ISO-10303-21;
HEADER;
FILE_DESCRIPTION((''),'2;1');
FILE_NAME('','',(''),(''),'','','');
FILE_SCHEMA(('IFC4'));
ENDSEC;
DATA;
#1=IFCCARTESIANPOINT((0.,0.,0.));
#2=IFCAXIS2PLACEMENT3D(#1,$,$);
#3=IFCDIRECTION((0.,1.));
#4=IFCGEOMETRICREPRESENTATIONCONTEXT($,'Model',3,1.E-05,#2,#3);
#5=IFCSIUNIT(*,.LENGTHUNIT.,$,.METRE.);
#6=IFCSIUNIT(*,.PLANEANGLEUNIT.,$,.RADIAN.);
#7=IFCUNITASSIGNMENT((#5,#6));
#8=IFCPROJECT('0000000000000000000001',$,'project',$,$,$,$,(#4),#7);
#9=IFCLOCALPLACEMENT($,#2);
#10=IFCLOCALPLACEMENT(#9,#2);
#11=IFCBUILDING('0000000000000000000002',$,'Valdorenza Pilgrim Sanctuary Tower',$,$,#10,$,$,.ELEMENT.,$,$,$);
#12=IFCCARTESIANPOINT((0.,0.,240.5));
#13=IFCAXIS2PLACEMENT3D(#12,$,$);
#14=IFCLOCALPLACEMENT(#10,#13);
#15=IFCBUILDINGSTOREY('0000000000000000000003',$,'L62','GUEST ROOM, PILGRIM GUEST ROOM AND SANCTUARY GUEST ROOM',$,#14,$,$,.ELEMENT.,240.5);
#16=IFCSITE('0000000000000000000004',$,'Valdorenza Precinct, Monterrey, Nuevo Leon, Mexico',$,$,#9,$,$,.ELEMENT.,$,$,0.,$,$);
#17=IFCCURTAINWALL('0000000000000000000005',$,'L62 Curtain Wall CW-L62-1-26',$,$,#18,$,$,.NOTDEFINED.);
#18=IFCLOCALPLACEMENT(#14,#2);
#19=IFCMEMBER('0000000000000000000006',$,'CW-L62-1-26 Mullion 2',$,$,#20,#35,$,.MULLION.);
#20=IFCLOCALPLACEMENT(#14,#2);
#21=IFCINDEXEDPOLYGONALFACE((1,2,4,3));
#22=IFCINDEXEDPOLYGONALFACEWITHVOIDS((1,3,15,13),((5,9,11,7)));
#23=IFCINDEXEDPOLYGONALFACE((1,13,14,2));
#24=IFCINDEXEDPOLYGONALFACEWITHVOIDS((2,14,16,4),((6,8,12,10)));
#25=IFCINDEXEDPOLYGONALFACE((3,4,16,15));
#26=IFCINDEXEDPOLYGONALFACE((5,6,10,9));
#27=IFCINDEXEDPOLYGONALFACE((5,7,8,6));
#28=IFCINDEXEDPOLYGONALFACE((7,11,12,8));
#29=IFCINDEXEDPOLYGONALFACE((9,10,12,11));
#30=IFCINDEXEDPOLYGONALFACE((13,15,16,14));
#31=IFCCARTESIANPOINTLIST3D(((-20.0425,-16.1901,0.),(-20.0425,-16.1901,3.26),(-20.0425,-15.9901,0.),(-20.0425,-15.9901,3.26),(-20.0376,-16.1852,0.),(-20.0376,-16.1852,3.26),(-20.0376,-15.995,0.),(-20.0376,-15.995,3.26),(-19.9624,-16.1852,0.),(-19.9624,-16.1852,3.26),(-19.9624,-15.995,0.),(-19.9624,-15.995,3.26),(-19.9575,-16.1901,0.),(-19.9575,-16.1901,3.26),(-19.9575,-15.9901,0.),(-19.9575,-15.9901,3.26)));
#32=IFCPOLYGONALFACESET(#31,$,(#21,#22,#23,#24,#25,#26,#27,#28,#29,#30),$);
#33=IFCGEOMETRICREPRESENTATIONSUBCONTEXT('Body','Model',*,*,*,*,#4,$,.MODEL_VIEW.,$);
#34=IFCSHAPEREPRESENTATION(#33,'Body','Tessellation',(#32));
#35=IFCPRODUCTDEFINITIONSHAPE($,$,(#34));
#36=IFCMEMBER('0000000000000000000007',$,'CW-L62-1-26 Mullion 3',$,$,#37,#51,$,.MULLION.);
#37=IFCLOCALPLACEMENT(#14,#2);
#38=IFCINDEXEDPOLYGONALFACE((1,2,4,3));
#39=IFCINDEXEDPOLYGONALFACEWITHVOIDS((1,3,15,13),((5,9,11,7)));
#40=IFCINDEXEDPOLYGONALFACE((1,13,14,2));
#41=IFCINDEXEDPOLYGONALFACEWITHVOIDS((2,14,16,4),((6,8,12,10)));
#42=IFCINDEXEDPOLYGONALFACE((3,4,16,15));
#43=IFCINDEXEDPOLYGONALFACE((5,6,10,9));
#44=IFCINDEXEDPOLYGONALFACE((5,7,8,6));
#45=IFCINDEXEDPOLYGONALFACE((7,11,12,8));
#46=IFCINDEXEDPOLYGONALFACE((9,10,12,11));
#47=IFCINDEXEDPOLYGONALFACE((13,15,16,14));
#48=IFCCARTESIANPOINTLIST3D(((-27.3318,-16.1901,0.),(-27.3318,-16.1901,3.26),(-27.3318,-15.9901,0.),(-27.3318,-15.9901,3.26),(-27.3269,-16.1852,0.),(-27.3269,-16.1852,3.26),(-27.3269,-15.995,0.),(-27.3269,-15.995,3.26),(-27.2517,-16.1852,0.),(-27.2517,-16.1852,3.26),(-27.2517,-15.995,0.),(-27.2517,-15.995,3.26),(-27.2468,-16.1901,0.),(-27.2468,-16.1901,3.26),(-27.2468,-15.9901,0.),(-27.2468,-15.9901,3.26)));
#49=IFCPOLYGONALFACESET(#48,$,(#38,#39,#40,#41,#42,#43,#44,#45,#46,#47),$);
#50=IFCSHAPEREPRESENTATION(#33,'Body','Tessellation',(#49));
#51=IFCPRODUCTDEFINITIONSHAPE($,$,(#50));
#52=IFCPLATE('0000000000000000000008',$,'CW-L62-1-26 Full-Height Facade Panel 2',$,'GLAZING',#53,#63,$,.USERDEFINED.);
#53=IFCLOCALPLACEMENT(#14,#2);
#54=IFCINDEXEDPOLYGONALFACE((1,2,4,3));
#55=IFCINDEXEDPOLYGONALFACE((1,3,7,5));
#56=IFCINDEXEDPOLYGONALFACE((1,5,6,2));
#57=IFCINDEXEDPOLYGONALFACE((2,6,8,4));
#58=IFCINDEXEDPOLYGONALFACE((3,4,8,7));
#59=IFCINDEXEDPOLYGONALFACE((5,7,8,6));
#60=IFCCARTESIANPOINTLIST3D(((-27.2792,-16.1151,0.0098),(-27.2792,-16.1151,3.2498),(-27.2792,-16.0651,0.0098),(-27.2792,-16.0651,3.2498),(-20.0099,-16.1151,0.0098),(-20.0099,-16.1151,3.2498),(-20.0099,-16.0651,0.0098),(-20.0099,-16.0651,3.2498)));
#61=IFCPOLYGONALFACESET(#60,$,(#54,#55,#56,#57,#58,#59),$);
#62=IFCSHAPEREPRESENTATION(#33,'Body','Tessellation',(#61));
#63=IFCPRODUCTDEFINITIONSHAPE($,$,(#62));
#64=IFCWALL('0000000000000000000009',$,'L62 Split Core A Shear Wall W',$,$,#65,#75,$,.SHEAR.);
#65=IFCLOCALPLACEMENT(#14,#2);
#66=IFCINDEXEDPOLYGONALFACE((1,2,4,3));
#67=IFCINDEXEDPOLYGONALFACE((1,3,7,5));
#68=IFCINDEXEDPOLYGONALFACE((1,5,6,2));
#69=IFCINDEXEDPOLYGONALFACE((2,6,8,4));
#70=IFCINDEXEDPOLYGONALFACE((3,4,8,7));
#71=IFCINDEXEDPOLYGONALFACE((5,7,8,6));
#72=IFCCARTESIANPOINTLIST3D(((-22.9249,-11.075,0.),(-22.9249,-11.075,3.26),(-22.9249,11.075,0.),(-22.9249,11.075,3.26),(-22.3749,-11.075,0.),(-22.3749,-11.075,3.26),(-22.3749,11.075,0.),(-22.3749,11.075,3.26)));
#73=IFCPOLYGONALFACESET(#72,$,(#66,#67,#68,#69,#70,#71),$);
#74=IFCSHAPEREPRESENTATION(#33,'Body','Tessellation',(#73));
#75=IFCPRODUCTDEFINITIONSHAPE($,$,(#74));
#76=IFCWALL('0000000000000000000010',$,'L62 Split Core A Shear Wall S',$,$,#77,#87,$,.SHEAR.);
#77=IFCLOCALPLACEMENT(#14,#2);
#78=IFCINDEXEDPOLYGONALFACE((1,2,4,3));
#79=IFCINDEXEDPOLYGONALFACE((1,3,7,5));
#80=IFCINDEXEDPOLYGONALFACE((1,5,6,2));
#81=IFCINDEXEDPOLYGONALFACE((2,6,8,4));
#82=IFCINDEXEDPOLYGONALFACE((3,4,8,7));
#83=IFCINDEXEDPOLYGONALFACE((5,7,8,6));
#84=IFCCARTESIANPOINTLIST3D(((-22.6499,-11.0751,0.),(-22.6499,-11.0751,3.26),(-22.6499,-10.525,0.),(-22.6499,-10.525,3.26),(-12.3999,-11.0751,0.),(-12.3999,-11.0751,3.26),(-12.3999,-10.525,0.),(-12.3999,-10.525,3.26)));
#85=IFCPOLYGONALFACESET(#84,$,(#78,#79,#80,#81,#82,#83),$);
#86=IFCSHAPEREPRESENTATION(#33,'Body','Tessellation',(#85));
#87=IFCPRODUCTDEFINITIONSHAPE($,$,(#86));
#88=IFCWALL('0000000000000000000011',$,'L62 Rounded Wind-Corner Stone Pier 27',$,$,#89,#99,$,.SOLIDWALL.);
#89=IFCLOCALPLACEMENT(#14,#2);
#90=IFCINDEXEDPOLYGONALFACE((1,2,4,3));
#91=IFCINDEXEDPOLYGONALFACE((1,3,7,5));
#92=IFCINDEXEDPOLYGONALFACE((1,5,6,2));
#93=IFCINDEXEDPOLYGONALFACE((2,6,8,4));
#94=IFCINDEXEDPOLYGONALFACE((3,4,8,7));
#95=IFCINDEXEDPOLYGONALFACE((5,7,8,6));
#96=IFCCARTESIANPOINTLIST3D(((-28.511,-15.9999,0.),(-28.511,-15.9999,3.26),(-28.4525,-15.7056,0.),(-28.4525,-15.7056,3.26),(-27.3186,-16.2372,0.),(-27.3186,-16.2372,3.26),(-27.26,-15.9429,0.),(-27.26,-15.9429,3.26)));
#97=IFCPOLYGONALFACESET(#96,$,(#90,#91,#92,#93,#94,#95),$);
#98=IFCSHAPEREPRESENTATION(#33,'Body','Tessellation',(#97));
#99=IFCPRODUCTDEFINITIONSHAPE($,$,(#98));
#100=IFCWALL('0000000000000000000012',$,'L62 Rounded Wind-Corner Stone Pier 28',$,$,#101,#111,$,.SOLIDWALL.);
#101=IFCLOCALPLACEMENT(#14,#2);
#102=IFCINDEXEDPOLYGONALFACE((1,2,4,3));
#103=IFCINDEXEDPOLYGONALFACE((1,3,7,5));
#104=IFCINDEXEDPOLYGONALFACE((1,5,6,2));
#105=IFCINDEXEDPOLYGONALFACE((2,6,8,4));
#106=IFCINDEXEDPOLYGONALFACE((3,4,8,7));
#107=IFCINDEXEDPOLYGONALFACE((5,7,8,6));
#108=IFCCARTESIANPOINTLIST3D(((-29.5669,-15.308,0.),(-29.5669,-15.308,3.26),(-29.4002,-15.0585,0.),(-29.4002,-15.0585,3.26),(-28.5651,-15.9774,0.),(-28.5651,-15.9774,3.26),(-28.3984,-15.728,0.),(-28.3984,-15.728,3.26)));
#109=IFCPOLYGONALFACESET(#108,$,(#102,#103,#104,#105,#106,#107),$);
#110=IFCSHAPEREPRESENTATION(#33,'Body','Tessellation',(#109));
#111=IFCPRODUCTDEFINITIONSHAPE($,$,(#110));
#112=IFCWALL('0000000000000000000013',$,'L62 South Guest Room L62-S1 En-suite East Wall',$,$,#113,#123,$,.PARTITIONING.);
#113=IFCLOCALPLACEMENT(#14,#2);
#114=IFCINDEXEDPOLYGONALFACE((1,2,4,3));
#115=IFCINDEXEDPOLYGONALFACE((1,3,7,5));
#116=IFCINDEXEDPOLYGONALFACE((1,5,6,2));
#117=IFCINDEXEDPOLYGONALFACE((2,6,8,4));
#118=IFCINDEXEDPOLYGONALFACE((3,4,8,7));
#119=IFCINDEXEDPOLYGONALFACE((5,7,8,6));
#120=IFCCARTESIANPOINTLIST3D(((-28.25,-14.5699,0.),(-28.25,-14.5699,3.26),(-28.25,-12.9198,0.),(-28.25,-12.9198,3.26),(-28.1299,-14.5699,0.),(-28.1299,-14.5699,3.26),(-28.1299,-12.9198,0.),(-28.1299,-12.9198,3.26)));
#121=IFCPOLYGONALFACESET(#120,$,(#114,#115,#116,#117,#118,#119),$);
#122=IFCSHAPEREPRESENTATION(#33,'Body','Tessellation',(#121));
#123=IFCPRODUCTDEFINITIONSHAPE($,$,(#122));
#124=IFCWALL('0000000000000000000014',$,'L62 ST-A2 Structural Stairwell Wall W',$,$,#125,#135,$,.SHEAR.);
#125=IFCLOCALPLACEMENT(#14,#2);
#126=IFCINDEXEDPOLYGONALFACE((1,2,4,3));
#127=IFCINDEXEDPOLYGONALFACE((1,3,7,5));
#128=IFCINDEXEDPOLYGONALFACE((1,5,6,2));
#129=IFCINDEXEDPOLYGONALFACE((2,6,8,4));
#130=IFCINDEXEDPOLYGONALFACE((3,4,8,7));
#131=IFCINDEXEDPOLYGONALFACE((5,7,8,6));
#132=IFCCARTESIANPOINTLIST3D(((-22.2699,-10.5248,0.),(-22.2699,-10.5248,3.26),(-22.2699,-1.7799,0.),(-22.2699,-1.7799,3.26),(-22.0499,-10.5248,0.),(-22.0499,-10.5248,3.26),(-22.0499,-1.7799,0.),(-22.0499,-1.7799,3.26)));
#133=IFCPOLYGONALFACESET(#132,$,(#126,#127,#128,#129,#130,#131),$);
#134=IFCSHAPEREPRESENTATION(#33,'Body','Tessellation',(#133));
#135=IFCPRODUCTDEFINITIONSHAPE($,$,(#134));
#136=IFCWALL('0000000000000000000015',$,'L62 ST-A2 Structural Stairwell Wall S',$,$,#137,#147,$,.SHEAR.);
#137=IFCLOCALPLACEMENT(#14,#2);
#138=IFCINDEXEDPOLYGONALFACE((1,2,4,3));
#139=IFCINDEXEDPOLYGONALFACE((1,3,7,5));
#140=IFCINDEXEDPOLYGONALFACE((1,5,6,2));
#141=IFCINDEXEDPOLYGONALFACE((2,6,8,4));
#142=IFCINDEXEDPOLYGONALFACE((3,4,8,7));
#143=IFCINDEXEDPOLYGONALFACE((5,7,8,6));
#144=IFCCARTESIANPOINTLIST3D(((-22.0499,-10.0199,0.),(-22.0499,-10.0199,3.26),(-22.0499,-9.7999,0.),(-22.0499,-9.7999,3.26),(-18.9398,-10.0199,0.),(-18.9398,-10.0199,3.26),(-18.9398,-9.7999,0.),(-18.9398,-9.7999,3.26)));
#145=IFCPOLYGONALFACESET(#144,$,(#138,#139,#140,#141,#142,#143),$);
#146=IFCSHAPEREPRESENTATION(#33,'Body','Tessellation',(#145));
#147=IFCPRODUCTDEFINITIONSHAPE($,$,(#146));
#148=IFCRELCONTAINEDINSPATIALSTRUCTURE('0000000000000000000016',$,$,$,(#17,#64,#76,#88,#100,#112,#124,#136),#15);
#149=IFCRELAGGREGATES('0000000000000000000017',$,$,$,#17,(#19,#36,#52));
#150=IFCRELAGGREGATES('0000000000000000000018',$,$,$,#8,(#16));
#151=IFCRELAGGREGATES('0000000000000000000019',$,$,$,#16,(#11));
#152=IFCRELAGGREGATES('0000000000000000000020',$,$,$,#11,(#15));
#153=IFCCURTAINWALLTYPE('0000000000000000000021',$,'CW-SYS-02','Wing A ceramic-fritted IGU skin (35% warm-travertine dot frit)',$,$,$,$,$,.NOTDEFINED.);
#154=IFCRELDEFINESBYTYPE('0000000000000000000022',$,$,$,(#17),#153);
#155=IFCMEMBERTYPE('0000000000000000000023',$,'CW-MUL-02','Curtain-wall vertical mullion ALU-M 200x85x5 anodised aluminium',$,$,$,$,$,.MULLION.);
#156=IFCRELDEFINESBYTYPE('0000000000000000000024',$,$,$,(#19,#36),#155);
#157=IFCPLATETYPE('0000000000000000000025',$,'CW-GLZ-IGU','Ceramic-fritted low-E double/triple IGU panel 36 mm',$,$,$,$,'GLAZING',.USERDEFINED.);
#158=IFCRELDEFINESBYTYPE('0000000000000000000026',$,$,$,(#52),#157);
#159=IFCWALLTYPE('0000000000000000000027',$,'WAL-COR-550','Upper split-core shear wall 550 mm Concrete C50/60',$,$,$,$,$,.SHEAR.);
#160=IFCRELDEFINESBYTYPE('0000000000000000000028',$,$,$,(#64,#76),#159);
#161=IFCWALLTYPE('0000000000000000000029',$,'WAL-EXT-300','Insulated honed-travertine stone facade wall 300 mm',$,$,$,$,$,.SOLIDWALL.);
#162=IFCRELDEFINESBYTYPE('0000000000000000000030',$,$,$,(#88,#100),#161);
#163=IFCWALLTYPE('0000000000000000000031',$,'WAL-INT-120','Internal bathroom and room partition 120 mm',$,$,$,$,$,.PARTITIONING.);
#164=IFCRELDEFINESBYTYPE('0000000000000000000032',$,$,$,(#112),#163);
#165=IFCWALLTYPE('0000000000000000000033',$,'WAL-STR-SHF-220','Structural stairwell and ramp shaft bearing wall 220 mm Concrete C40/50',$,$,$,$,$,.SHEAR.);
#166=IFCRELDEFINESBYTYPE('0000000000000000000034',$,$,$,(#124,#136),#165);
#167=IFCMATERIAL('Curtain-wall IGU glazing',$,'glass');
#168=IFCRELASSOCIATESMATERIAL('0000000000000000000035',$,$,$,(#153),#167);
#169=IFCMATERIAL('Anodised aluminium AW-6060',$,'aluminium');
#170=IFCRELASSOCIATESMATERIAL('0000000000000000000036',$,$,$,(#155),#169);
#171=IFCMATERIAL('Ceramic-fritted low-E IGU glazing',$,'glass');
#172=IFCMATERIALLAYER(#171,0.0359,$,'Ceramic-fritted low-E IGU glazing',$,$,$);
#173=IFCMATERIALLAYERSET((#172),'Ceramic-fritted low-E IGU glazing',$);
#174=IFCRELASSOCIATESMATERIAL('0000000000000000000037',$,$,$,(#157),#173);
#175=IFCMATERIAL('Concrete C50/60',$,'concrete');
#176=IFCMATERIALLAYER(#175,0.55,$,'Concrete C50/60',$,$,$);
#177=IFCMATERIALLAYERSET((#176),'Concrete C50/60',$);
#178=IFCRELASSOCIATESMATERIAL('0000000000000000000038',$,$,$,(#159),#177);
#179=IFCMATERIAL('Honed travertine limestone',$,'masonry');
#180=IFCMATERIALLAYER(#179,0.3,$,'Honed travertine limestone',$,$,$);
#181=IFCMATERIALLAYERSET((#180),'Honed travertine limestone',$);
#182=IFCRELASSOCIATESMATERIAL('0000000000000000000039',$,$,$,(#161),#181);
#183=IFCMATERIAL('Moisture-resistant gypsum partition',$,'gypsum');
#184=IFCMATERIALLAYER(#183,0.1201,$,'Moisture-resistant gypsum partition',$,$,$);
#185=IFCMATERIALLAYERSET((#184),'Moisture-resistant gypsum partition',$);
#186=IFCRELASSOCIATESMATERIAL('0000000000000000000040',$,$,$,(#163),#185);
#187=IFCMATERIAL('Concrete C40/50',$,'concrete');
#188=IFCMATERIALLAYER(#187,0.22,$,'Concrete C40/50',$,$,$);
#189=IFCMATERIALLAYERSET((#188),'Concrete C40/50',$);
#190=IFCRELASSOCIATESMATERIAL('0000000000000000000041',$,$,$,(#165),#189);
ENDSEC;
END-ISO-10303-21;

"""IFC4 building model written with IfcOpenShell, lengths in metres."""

from ifc_helpers import new_model, si_unit, direction, frame, frame_2d, origin, origin_2d, place, context, subcontext, project, spatial, rectangle, hollow_rectangle, extrude, source, transform, mapped, material, layer, layer_set, material_profile, profile_set, type_object, element, aggregate, save


model = new_model("IFC4")

# Units and contexts
model_context = context("Model", 3, precision=1e-05, world=origin(), true_north=direction((0.0, 1.0)))
body_context = subcontext(model_context, "Body", "Model", "MODEL_VIEW")
ifc_project = project(units=[si_unit("LENGTHUNIT", "METRE"), si_unit("PLANEANGLEUNIT", "RADIAN")], contexts=[model_context])

# Site, building, storey
site_placement = place(None, origin())
site = spatial("IfcSite", under=ifc_project, at=site_placement, Name="Valdorenza Precinct, Monterrey, Nuevo Leon, Mexico", CompositionType="ELEMENT", RefElevation=0.0)
building_placement = place(site_placement, origin())
building = spatial("IfcBuilding", under=site, at=building_placement, Name="Valdorenza Pilgrim Sanctuary Tower", CompositionType="ELEMENT")
storey_placement = place(building_placement, frame((0.0, 0.0, 240.5)))
storey = spatial("IfcBuildingStorey", under=building, at=storey_placement, Name="L62", Description="GUEST ROOM, PILGRIM GUEST ROOM AND SANCTUARY GUEST ROOM", CompositionType="ELEMENT", Elevation=240.5)

# Shared definitions
ifc_material_1 = material(Name="Concrete C50/60", Category="concrete")

# Curtain wall, members, plate
ifc_material_2 = material(Name="Curtain-wall IGU glazing", Category="glass")
curtain_wall_type = type_object("IfcCurtainWallType", Name="CW-SYS-02", Description="Wing A ceramic-fritted IGU skin (35% warm-travertine dot frit)", PredefinedType="NOTDEFINED", material=ifc_material_2)
curtain_wall_placement = place(storey_placement, origin())
curtain_wall = element("IfcCurtainWall", 1, at=curtain_wall_placement, inside=storey, type_object=curtain_wall_type, Name="L62 Curtain Wall CW-L62-1-26", PredefinedType="NOTDEFINED")
ifc_material_3 = material(Name="Anodised aluminium AW-6060", Category="aluminium")
ifc_material_profile_1 = material_profile(ifc_material_3, hollow_rectangle(XDim=0.085, YDim=0.2, WallThickness=0.0049, at=origin_2d()), Name="ALU-M 200x85x5")
ifc_profile_set_1 = profile_set([ifc_material_profile_1], Name="Anodised aluminium AW-6060")
member_type = type_object("IfcMemberType", Name="CW-MUL-02", Description="Curtain-wall vertical mullion ALU-M 200x85x5 anodised aluminium", PredefinedType="MULLION", material=ifc_profile_set_1)
shared_shape_1 = source(origin(), body_context, "Body", "SweptSolid", [
    extrude(hollow_rectangle(XDim=0.085, YDim=0.2, WallThickness=0.0049, at=origin_2d()), origin(), (0.0, 0.0, 1.0), 3.26),
])
member_1_placement = place(storey_placement, frame((-20.0, -16.0901, 0.0), z_axis=(0.0, 0.0, 1.0), x_axis=(-1.0, 0.0, 0.0)))
member_1 = element("IfcMember", 2, at=member_1_placement, type_object=member_type, Name="CW-L62-1-26 Mullion 2", PredefinedType="MULLION", context=body_context, shape_type="MappedRepresentation", body=[
    mapped(shared_shape_1, transform((0.0, 0.0, 0.0), x_axis=(1.0, 0.0, 0.0), y_axis=(0.0, 1.0, 0.0), z_axis=(0.0, 0.0, 1.0), scale=1.0)),
])
member_2_placement = place(storey_placement, frame((-27.2893, -16.0901, 0.0), z_axis=(0.0, 0.0, 1.0), x_axis=(-1.0, 0.0, 0.0)))
member_2 = element("IfcMember", 3, at=member_2_placement, type_object=member_type, Name="CW-L62-1-26 Mullion 3", PredefinedType="MULLION", context=body_context, shape_type="MappedRepresentation", body=[
    mapped(shared_shape_1, transform((0.0, 0.0, 0.0), x_axis=(1.0, 0.0, 0.0), y_axis=(0.0, 1.0, 0.0), z_axis=(0.0, 0.0, 1.0), scale=1.0)),
])
ifc_material_4 = material(Name="Ceramic-fritted low-E IGU glazing", Category="glass")
ifc_layer_1 = layer(ifc_material_4, 0.0359, Name="Ceramic-fritted low-E IGU glazing")
ifc_layer_set_1 = layer_set([ifc_layer_1], Name="Ceramic-fritted low-E IGU glazing")
plate_type = type_object("IfcPlateType", Name="CW-GLZ-IGU", Description="Ceramic-fritted low-E double/triple IGU panel 36 mm", ElementType="GLAZING", PredefinedType="USERDEFINED", material=ifc_layer_set_1)
shared_shape_2 = source(origin(), body_context, "Body", "SweptSolid", [
    extrude(rectangle(XDim=7.2693, YDim=0.05, at=origin_2d()), origin(), (0.0, 0.0, 1.0), 3.24),
])
plate_placement = place(storey_placement, frame((-23.6445, -16.0901, 0.0098), z_axis=(0.0, 0.0, 1.0), x_axis=(-1.0, 0.0, 0.0)))
plate = element("IfcPlate", 4, at=plate_placement, type_object=plate_type, Name="CW-L62-1-26 Full-Height Facade Panel 2", ObjectType="GLAZING", PredefinedType="USERDEFINED", context=body_context, shape_type="MappedRepresentation", body=[
    mapped(shared_shape_2, transform((0.0, 0.0, 0.0), x_axis=(1.0, 0.0, 0.0), y_axis=(0.0, 1.0, 0.0), z_axis=(0.0, 0.0, 1.0), scale=1.0)),
])
aggregate(curtain_wall, [member_1, member_2, plate])

# Walls
ifc_layer_2 = layer(ifc_material_1, 0.55, Name="Concrete C50/60")
ifc_layer_set_2 = layer_set([ifc_layer_2], Name="Concrete C50/60")
wall_type_1 = type_object("IfcWallType", Name="WAL-COR-550", Description="Upper split-core shear wall 550 mm Concrete C50/60", PredefinedType="SHEAR", material=ifc_layer_set_2)
wall_1_placement = place(storey_placement, frame((-22.6499, -11.075, 0.0), z_axis=(0.0, 0.0, 1.0), x_axis=(0.0, 1.0, 0.0)))
element("IfcWall", 5, at=wall_1_placement, inside=storey, type_object=wall_type_1, Name="L62 Split Core A Shear Wall W", PredefinedType="SHEAR", context=body_context, shape_type="SweptSolid", body=[
    extrude(rectangle(XDim=22.1499, YDim=0.55, at=frame_2d((11.075, 0.0))), origin(), (0.0, 0.0, 1.0), 3.26),
])
wall_2_placement = place(storey_placement, frame((-22.6499, -10.8, 0.0), z_axis=(0.0, 0.0, 1.0), x_axis=(1.0, 0.0, 0.0)))
element("IfcWall", 6, at=wall_2_placement, inside=storey, type_object=wall_type_1, Name="L62 Split Core A Shear Wall S", PredefinedType="SHEAR", context=body_context, shape_type="SweptSolid", body=[
    extrude(rectangle(XDim=10.25, YDim=0.55, at=frame_2d((5.125, 0.0))), origin(), (0.0, 0.0, 1.0), 3.26),
])
ifc_material_5 = material(Name="Honed travertine limestone", Category="masonry")
ifc_layer_3 = layer(ifc_material_5, 0.3, Name="Honed travertine limestone")
ifc_layer_set_3 = layer_set([ifc_layer_3], Name="Honed travertine limestone")
wall_type_2 = type_object("IfcWallType", Name="WAL-EXT-300", Description="Insulated honed-travertine stone facade wall 300 mm", PredefinedType="SOLIDWALL", material=ifc_layer_set_3)
wall_3_placement = place(storey_placement, frame((-27.2893, -16.0901, 0.0), z_axis=(0.0, 0.0, 1.0), x_axis=(-0.980766, 0.195189, 0.0)))
element("IfcWall", 7, at=wall_3_placement, inside=storey, type_object=wall_type_2, Name="L62 Rounded Wind-Corner Stone Pier 27", PredefinedType="SOLIDWALL", context=body_context, shape_type="SweptSolid", body=[
    extrude(rectangle(XDim=1.2158, YDim=0.3, at=frame_2d((0.6079, 0.0))), origin(), (0.0, 0.0, 1.0), 3.26),
])
wall_4_placement = place(storey_placement, frame((-28.4817, -15.8528, 0.0), z_axis=(0.0, 0.0, 1.0), x_axis=(-0.831426, 0.555635, 0.0)))
element("IfcWall", 8, at=wall_4_placement, inside=storey, type_object=wall_type_2, Name="L62 Rounded Wind-Corner Stone Pier 28", PredefinedType="SOLIDWALL", context=body_context, shape_type="SweptSolid", body=[
    extrude(rectangle(XDim=1.2048, YDim=0.3, at=frame_2d((0.6025, 0.0))), origin(), (0.0, 0.0, 1.0), 3.26),
])
ifc_material_6 = material(Name="Moisture-resistant gypsum partition", Category="gypsum")
ifc_layer_4 = layer(ifc_material_6, 0.1201, Name="Moisture-resistant gypsum partition")
ifc_layer_set_4 = layer_set([ifc_layer_4], Name="Moisture-resistant gypsum partition")
wall_type_3 = type_object("IfcWallType", Name="WAL-INT-120", Description="Internal bathroom and room partition 120 mm", PredefinedType="PARTITIONING", material=ifc_layer_set_4)
wall_5_placement = place(storey_placement, frame((-28.1899, -14.5701, 0.0), z_axis=(0.0, 0.0, 1.0), x_axis=(0.0, 1.0, 0.0)))
element("IfcWall", 9, at=wall_5_placement, inside=storey, type_object=wall_type_3, Name="L62 South Guest Room L62-S1 En-suite East Wall", PredefinedType="PARTITIONING", context=body_context, shape_type="SweptSolid", body=[
    extrude(rectangle(XDim=1.6501, YDim=0.1201, at=frame_2d((0.8252, 0.0))), origin(), (0.0, 0.0, 1.0), 3.26),
])
ifc_material_7 = material(Name="Concrete C40/50", Category="concrete")
ifc_layer_5 = layer(ifc_material_7, 0.22, Name="Concrete C40/50")
ifc_layer_set_5 = layer_set([ifc_layer_5], Name="Concrete C40/50")
wall_type_4 = type_object("IfcWallType", Name="WAL-STR-SHF-220", Description="Structural stairwell and ramp shaft bearing wall 220 mm Concrete C40/50", PredefinedType="SHEAR", material=ifc_layer_set_5)
wall_6_placement = place(storey_placement, frame((-22.1599, -10.5249, 0.0), z_axis=(0.0, 0.0, 1.0), x_axis=(0.0, 1.0, 0.0)))
element("IfcWall", 10, at=wall_6_placement, inside=storey, type_object=wall_type_4, Name="L62 ST-A2 Structural Stairwell Wall W", PredefinedType="SHEAR", context=body_context, shape_type="SweptSolid", body=[
    extrude(rectangle(XDim=8.7449, YDim=0.22, at=frame_2d((4.3726, 0.0))), origin(), (0.0, 0.0, 1.0), 3.26),
])
wall_7_placement = place(storey_placement, frame((-22.05, -9.9099, 0.0), z_axis=(0.0, 0.0, 1.0), x_axis=(1.0, 0.0, 0.0)))
element("IfcWall", 11, at=wall_7_placement, inside=storey, type_object=wall_type_4, Name="L62 ST-A2 Structural Stairwell Wall S", PredefinedType="SHEAR", context=body_context, shape_type="SweptSolid", body=[
    extrude(rectangle(XDim=3.1101, YDim=0.22, at=frame_2d((1.5552, 0.0))), origin(), (0.0, 0.0, 1.0), 3.26),
])

save(model, "model.ifc")
